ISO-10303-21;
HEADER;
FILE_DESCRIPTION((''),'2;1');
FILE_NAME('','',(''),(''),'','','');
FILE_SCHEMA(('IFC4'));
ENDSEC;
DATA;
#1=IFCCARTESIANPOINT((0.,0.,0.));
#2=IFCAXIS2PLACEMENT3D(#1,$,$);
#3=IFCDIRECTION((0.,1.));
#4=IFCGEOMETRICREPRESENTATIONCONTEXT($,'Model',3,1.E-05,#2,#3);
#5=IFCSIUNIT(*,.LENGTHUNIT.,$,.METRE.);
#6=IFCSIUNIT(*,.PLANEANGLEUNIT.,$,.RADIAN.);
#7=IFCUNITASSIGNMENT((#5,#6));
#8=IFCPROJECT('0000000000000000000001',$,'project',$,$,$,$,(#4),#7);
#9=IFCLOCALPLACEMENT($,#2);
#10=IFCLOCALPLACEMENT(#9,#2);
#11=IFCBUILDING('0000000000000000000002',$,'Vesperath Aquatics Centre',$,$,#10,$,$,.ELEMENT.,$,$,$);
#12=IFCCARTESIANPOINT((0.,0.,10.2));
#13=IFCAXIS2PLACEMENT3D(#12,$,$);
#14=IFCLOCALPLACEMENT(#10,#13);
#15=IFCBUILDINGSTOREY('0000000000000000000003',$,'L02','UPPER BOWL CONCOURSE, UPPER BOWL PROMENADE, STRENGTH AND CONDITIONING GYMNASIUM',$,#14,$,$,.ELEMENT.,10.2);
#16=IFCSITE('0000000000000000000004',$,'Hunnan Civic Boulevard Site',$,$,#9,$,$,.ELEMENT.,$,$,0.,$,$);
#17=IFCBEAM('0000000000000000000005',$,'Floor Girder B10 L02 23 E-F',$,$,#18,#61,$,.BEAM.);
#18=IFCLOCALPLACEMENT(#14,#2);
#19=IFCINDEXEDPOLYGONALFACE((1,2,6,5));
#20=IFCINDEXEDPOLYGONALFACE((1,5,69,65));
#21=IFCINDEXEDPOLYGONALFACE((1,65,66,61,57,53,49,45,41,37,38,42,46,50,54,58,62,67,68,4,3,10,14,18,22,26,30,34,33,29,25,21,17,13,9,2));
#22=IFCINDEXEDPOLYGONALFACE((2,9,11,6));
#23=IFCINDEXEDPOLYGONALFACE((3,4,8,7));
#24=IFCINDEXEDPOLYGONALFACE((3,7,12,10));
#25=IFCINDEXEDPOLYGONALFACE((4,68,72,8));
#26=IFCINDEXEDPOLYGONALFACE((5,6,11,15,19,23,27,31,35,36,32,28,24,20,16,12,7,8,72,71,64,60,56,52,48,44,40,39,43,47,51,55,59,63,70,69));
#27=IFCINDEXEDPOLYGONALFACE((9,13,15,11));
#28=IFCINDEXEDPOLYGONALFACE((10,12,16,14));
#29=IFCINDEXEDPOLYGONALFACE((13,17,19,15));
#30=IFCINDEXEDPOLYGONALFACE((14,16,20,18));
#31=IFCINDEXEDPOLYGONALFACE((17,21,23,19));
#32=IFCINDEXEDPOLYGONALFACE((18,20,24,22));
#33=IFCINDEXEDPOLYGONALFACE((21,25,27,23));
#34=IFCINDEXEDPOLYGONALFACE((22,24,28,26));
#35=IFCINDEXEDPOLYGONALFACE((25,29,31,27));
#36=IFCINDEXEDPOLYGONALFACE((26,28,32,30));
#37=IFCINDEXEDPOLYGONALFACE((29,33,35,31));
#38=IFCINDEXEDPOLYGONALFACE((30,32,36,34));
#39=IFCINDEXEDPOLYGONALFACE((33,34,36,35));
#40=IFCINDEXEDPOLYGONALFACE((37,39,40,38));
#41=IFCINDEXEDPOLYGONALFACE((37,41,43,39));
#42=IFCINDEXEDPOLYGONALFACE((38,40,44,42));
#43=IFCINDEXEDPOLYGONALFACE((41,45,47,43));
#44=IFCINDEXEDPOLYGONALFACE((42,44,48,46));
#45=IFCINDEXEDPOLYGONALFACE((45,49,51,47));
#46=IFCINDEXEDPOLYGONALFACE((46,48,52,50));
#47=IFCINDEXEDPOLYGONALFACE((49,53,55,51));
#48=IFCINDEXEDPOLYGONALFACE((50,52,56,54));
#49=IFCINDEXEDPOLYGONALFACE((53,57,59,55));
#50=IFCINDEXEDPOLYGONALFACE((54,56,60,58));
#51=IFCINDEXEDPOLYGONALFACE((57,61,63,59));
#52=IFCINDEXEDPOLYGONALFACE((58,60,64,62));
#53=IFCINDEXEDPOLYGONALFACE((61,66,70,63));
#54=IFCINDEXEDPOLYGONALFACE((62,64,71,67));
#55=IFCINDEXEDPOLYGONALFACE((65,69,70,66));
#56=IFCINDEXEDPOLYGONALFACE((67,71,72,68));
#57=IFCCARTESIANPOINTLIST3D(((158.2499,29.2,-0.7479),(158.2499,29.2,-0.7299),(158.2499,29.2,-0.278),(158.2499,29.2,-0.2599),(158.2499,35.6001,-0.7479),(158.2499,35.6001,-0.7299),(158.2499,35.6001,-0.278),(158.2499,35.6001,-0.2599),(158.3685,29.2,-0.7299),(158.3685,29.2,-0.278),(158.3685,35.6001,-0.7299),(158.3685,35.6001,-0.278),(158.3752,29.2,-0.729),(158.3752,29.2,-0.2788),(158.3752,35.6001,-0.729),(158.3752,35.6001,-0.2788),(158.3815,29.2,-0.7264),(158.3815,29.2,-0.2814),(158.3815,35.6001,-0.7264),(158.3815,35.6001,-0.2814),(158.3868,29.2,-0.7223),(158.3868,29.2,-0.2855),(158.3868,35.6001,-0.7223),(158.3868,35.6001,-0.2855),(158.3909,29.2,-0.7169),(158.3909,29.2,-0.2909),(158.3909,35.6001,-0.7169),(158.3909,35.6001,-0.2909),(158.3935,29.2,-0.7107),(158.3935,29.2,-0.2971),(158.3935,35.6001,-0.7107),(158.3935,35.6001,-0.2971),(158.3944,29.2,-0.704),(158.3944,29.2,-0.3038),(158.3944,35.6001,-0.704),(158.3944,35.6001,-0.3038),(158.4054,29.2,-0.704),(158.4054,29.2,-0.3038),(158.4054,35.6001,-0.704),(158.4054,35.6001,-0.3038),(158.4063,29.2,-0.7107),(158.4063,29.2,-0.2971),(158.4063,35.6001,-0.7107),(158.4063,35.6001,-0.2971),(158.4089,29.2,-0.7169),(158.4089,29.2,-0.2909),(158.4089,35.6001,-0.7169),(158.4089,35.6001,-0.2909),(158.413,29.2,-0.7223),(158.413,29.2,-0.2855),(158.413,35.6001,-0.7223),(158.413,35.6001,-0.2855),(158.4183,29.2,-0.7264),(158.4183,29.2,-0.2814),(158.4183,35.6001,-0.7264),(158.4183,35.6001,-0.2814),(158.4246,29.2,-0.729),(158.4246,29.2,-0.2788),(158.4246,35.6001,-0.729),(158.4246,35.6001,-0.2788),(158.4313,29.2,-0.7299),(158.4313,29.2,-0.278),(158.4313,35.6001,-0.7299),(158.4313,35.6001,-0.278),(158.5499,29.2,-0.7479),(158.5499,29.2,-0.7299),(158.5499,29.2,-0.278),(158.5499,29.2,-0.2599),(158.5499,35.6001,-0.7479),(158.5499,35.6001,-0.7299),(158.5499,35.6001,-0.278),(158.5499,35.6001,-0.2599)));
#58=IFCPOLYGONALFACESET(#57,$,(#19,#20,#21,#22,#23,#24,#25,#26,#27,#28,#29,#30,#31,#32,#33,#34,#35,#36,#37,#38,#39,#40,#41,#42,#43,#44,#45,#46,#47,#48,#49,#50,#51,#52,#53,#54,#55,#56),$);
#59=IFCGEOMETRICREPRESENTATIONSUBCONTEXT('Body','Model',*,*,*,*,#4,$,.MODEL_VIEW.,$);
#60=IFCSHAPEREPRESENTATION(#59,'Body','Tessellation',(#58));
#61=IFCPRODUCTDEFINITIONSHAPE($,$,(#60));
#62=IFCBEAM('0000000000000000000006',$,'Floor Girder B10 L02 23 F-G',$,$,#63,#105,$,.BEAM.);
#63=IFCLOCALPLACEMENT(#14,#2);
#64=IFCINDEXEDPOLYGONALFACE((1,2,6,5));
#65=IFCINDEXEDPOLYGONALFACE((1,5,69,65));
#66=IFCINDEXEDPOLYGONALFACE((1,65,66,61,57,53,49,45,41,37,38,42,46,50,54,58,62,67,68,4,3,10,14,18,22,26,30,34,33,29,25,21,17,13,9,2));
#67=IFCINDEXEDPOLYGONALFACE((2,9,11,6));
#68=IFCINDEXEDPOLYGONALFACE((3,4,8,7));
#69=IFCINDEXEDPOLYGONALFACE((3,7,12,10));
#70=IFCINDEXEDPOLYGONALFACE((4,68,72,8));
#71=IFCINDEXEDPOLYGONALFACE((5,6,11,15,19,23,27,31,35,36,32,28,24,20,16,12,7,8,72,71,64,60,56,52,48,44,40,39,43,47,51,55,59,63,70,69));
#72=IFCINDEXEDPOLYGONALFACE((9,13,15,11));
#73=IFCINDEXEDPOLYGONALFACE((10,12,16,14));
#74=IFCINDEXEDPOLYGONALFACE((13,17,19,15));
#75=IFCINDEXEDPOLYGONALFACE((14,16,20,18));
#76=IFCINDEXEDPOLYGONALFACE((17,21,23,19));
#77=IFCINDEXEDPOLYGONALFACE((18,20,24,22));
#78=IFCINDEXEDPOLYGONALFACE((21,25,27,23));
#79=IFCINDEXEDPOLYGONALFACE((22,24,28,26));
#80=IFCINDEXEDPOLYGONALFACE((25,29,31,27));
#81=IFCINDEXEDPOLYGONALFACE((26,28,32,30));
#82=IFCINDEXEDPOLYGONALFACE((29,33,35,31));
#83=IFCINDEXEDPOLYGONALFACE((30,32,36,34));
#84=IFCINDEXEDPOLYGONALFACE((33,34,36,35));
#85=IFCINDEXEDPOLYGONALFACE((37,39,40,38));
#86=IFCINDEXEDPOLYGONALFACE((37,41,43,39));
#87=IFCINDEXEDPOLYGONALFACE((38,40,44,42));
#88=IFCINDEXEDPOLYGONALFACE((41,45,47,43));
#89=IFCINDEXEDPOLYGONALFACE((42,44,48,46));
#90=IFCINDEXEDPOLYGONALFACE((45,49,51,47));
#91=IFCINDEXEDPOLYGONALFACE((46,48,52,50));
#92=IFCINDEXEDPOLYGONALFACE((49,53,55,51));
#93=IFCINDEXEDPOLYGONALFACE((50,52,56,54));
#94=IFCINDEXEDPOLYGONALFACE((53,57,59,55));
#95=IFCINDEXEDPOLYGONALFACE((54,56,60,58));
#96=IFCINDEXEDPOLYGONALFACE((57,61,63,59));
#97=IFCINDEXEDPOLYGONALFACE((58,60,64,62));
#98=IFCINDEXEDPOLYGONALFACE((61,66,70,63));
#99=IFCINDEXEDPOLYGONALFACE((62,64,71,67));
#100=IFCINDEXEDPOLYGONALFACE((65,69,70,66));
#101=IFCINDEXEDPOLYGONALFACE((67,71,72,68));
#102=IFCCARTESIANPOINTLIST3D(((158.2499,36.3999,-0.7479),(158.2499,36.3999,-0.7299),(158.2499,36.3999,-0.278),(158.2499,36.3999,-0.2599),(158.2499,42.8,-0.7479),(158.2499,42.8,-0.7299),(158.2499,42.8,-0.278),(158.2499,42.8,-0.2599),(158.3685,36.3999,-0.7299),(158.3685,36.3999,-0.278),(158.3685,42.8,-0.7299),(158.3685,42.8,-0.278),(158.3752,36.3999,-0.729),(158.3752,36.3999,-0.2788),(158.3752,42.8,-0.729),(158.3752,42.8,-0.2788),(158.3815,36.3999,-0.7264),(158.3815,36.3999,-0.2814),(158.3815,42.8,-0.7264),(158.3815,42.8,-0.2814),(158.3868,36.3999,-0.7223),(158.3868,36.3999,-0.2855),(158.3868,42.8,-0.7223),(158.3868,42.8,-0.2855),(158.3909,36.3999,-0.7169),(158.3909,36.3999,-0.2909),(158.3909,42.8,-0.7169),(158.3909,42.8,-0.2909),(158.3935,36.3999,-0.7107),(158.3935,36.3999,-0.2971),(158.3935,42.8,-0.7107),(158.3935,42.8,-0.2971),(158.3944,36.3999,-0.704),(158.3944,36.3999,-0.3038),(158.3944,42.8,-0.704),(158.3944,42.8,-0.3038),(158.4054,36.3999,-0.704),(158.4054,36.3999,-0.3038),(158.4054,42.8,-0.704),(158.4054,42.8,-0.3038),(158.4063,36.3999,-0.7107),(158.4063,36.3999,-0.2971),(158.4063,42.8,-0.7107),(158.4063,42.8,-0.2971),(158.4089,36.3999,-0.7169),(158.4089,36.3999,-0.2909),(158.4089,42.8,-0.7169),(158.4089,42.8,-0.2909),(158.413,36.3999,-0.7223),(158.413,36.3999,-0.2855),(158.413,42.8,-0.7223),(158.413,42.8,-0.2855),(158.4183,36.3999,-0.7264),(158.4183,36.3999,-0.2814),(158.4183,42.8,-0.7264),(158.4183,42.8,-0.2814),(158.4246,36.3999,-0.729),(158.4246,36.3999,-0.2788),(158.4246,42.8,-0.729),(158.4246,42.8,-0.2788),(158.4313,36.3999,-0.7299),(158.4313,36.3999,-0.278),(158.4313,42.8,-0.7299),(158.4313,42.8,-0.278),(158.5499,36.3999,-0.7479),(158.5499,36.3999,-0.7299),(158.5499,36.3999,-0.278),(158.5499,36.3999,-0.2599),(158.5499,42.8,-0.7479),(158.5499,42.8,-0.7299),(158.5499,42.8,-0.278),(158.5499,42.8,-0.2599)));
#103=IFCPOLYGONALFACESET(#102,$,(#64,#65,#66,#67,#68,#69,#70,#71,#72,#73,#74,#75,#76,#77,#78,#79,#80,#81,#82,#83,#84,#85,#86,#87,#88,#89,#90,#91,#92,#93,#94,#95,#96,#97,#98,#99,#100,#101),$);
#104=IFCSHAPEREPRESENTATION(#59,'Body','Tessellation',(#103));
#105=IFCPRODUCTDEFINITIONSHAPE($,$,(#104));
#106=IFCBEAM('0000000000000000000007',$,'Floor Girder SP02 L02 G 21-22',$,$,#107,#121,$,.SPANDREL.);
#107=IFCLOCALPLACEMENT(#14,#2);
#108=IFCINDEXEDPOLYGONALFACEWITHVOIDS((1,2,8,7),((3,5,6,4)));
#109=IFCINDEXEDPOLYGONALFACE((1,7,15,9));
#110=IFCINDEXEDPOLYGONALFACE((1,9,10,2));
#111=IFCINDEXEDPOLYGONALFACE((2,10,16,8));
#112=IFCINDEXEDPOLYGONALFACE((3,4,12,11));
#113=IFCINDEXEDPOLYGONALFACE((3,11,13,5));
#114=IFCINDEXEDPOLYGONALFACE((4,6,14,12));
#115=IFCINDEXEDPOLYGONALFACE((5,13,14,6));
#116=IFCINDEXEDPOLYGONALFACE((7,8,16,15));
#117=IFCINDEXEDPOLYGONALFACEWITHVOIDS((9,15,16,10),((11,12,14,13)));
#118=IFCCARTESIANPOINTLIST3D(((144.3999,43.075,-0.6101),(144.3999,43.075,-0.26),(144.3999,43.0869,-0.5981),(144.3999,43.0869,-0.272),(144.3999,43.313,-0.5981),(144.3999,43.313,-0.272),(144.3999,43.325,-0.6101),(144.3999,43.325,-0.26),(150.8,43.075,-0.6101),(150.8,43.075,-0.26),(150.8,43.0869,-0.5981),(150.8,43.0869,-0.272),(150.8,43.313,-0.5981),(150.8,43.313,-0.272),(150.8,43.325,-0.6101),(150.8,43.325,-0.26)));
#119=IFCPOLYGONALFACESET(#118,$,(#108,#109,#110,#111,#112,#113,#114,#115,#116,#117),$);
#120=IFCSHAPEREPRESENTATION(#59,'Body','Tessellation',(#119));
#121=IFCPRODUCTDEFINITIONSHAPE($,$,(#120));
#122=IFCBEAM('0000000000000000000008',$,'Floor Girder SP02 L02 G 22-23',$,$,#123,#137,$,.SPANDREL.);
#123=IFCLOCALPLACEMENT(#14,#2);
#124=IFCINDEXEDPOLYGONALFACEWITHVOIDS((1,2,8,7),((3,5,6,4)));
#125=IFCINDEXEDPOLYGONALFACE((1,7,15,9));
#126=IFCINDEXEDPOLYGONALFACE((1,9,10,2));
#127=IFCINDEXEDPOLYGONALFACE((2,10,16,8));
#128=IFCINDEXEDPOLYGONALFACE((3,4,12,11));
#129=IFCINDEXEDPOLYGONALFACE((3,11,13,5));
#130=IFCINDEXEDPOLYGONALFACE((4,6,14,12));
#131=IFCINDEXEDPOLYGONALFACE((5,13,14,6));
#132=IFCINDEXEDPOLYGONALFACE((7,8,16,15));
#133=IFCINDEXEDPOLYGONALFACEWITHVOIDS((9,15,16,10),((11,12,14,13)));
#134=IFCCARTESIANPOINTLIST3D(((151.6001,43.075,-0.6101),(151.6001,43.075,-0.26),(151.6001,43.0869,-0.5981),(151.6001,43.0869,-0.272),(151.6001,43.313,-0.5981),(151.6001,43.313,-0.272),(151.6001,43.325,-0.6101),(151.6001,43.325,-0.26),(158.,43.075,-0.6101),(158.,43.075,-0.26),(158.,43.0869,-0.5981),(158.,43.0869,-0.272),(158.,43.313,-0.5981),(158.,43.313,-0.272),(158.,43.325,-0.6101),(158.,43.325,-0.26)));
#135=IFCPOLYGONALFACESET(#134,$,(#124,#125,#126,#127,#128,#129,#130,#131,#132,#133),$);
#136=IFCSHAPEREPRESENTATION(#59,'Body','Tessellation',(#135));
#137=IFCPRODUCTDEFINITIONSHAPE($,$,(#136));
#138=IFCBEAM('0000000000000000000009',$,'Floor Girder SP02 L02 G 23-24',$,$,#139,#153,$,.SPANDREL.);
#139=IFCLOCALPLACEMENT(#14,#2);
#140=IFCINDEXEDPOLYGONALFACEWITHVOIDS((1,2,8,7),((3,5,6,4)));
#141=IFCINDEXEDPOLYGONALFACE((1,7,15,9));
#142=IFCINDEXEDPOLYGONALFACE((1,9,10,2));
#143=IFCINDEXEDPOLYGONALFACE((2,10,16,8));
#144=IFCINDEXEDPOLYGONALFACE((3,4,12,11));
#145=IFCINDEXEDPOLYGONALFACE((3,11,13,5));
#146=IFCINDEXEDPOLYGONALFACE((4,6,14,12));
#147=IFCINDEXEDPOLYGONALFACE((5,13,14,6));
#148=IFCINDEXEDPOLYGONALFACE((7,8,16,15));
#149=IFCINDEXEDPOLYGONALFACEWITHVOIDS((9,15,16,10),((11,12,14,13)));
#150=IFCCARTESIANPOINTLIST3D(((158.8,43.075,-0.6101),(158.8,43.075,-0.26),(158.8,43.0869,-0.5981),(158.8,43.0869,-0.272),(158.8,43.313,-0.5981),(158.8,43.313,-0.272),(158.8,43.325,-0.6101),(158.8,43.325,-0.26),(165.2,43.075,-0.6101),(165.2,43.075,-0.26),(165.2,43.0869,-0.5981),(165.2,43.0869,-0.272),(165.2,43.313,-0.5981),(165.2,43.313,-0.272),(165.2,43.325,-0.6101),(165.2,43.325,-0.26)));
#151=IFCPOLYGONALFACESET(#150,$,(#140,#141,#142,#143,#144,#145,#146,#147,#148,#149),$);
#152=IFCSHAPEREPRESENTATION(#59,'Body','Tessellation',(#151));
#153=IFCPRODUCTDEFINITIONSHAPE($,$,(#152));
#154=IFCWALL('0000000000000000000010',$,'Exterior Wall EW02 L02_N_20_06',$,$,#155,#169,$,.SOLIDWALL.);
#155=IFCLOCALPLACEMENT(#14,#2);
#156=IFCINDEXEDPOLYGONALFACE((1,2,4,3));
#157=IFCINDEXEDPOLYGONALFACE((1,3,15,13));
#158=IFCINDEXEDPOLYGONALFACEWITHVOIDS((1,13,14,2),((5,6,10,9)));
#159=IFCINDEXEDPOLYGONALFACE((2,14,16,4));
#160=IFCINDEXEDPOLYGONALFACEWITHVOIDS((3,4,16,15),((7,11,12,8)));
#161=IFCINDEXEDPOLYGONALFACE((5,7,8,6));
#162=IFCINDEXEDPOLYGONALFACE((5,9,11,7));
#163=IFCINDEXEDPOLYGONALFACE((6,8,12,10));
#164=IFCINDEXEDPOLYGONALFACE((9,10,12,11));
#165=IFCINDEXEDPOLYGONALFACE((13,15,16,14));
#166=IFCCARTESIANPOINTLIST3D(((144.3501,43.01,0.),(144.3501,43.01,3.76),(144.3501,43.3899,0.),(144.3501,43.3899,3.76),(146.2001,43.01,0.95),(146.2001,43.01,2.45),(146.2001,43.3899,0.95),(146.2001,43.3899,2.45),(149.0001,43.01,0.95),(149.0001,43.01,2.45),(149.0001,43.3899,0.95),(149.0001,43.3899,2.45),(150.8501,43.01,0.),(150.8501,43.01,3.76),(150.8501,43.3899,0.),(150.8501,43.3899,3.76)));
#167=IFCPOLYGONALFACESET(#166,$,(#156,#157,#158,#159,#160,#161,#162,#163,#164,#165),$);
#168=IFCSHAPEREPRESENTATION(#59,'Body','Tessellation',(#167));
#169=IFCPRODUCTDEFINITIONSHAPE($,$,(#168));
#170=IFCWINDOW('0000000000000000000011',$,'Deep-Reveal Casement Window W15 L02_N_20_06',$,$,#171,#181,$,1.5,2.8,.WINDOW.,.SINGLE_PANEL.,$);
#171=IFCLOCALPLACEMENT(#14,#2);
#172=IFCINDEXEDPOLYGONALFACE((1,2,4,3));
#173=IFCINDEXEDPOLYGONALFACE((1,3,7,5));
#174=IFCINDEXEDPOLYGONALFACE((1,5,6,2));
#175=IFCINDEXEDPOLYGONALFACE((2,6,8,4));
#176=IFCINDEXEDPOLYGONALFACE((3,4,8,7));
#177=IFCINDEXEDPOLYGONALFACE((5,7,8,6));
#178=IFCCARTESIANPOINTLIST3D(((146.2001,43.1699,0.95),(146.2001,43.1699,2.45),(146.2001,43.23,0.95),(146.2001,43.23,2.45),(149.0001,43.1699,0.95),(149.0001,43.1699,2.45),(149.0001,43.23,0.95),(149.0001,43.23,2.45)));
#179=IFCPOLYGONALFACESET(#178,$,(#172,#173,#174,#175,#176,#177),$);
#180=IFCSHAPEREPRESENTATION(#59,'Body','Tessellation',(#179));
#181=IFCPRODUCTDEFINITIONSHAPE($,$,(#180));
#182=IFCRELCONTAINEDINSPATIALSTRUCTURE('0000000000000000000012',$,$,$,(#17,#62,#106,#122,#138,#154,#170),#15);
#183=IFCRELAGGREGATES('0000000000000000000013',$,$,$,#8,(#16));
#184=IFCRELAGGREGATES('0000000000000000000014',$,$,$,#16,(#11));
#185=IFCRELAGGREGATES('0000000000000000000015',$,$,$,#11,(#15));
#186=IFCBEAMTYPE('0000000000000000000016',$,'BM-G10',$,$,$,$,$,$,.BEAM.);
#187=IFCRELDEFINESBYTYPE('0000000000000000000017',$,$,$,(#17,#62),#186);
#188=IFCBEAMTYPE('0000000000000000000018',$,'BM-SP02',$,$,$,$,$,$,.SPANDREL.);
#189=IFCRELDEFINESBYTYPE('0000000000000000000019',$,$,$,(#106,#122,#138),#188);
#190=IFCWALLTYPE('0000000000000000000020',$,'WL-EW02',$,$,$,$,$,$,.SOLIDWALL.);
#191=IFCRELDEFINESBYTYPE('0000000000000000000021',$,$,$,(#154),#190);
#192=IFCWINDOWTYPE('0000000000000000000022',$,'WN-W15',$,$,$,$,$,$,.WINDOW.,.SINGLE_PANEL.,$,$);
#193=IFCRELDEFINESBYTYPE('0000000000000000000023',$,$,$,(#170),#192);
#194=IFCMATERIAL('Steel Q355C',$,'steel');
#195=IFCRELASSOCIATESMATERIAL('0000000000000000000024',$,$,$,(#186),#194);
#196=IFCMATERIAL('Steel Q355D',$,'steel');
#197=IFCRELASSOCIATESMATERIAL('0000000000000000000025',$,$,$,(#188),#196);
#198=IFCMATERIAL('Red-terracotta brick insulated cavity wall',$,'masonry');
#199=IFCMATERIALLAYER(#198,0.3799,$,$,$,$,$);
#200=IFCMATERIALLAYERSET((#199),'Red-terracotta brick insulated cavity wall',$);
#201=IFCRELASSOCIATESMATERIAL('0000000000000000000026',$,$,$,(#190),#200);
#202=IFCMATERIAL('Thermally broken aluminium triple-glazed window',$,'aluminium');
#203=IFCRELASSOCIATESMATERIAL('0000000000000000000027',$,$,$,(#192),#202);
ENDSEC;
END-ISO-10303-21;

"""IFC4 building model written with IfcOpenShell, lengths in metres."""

from ifc_helpers import new_model, si_unit, direction, frame, frame_2d, origin, origin_2d, place, context, subcontext, project, spatial, rectangle, hollow_rectangle, i_section, extrude, material, layer, layer_set, material_profile, profile_set, type_object, element, fill, save


model = new_model("IFC4")

# Units and contexts
model_context = context("Model", 3, precision=1e-05, world=origin(), true_north=direction((0.0, 1.0)))
body_context = subcontext(model_context, "Body", "Model", "MODEL_VIEW")
ifc_project = project(units=[si_unit("LENGTHUNIT", "METRE"), si_unit("PLANEANGLEUNIT", "RADIAN")], contexts=[model_context])

# Site, building, storey
site_placement = place(None, origin())
site = spatial("IfcSite", under=ifc_project, at=site_placement, Name="Hunnan Civic Boulevard Site", CompositionType="ELEMENT", RefElevation=0.0)
building_placement = place(site_placement, origin())
building = spatial("IfcBuilding", under=site, at=building_placement, Name="Vesperath Aquatics Centre", CompositionType="ELEMENT")
storey_placement = place(building_placement, frame((0.0, 0.0, 10.2)))
storey = spatial("IfcBuildingStorey", under=building, at=storey_placement, Name="L02", Description="UPPER BOWL CONCOURSE, UPPER BOWL PROMENADE, STRENGTH AND CONDITIONING GYMNASIUM", CompositionType="ELEMENT", Elevation=10.2)

# Shared definitions
ifc_material_1 = material(Name="Steel Q355D", Category="steel")

# Beams
ifc_material_2 = material(Name="Steel Q355C", Category="steel")
ifc_material_profile_1 = material_profile(ifc_material_2, i_section(OverallWidth=0.3, OverallDepth=0.488, WebThickness=0.011, FlangeThickness=0.0181, FilletRadius=0.0259, at=origin_2d()), Name="HM 488x300x11x18")
ifc_profile_set_1 = profile_set([ifc_material_profile_1], Name="Steel Q355C")
beam_type_1 = type_object("IfcBeamType", Name="BM-G10", PredefinedType="BEAM", material=ifc_profile_set_1)
for number, where, z_axis, x_axis, name in (
    (1, (158.3999, 29.2, -0.5039), (0.0, 1.0, 0.0), (-1.0, 0.0, 0.0), "Floor Girder B10 L02 23 E-F"),
    (2, (158.3999, 36.3999, -0.5039), (0.0, 1.0, 0.0), (-1.0, 0.0, 0.0), "Floor Girder B10 L02 23 F-G"),
):
    element("IfcBeam", number, at=place(storey_placement, frame(where, z_axis=z_axis, x_axis=x_axis)), inside=storey, type_object=beam_type_1, Name=name, PredefinedType="BEAM", context=body_context, shape_type="SweptSolid", body=[
        extrude(i_section(OverallWidth=0.3, OverallDepth=0.488, WebThickness=0.011, FlangeThickness=0.0181, FilletRadius=0.0259, at=origin_2d()), origin(), (0.0, 0.0, 1.0), 6.4001),
    ])
ifc_material_profile_2 = material_profile(ifc_material_1, hollow_rectangle(XDim=0.25, YDim=0.3501, WallThickness=0.012, at=origin_2d()), Name="RHS 350x250x12")
ifc_profile_set_2 = profile_set([ifc_material_profile_2], Name="Steel Q355D")
beam_type_2 = type_object("IfcBeamType", Name="BM-SP02", PredefinedType="SPANDREL", material=ifc_profile_set_2)
beam_1_placement = place(storey_placement, frame((144.3999, 43.2, -0.4351), z_axis=(1.0, 0.0, 0.0), x_axis=(0.0, 1.0, 0.0)))
element("IfcBeam", 3, at=beam_1_placement, inside=storey, type_object=beam_type_2, Name="Floor Girder SP02 L02 G 21-22", PredefinedType="SPANDREL", context=body_context, shape_type="SweptSolid", body=[
    extrude(hollow_rectangle(XDim=0.25, YDim=0.3501, WallThickness=0.012, at=origin_2d()), origin(), (0.0, 0.0, 1.0), 6.4001),
])
for number, where, z_axis, x_axis, name in (
    (4, (151.6001, 43.2, -0.4351), (1.0, 0.0, 0.0), (0.0, 1.0, 0.0), "Floor Girder SP02 L02 G 22-23"),
    (5, (158.8, 43.2, -0.4351), (1.0, 0.0, 0.0), (0.0, 1.0, 0.0), "Floor Girder SP02 L02 G 23-24"),
):
    element("IfcBeam", number, at=place(storey_placement, frame(where, z_axis=z_axis, x_axis=x_axis)), inside=storey, type_object=beam_type_2, Name=name, PredefinedType="SPANDREL", context=body_context, shape_type="SweptSolid", body=[
        extrude(hollow_rectangle(XDim=0.25, YDim=0.3501, WallThickness=0.012, at=origin_2d()), origin(), (0.0, 0.0, 1.0), 6.3999),
    ])

# Wall, opening, window
ifc_material_3 = material(Name="Red-terracotta brick insulated cavity wall", Category="masonry")
ifc_layer_1 = layer(ifc_material_3, 0.3799)
ifc_layer_set_1 = layer_set([ifc_layer_1], Name="Red-terracotta brick insulated cavity wall")
wall_type_1 = type_object("IfcWallType", Name="WL-EW02", PredefinedType="SOLIDWALL", material=ifc_layer_set_1)
wall_1_placement = place(storey_placement, frame((144.3501, 43.2, 0.0), z_axis=(0.0, 0.0, 1.0), x_axis=(1.0, 0.0, 0.0)))
wall_1 = element("IfcWall", 6, at=wall_1_placement, inside=storey, type_object=wall_type_1, Name="Exterior Wall EW02 L02_N_20_06", PredefinedType="SOLIDWALL", context=body_context, shape_type="SweptSolid", body=[
    extrude(rectangle(XDim=6.5, YDim=0.3799, at=frame_2d((3.25, 0.0))), origin(), (0.0, 0.0, 1.0), 3.76),
])
opening_1_placement = place(wall_1_placement, frame((1.8501, 0.0, 0.95)))
opening_1 = element("IfcOpeningElement", 7, at=opening_1_placement, cuts=wall_1, PredefinedType="OPENING", context=body_context, shape_type="SweptSolid", body=[
    extrude(rectangle(XDim=2.8, YDim=1.5, at=frame_2d((1.3999, 0.75))), frame((0.0, 0.2048, 0.0), z_axis=(0.0, -1.0, 0.0), x_axis=(1.0, 0.0, 0.0)), (0.0, 0.0, 1.0), 0.4097),
])
ifc_material_4 = material(Name="Thermally broken aluminium triple-glazed window", Category="aluminium")
window_type_1 = type_object("IfcWindowType", Name="WN-W15", PartitioningType="SINGLE_PANEL", PredefinedType="WINDOW", material=ifc_material_4)
window_1_placement = place(opening_1_placement, origin())
window_1 = element("IfcWindow", 8, at=window_1_placement, inside=storey, type_object=window_type_1, Name="Deep-Reveal Casement Window W15 L02_N_20_06", OverallHeight=1.5, OverallWidth=2.8, PartitioningType="SINGLE_PANEL", PredefinedType="WINDOW", context=body_context, shape_type="SweptSolid", body=[
    extrude(rectangle(XDim=2.8, YDim=1.5, at=frame_2d((1.3999, 0.75))), frame((0.0, 0.03, 0.0), z_axis=(0.0, -1.0, 0.0), x_axis=(1.0, 0.0, 0.0)), (0.0, 0.0, 1.0), 0.0601),
])
fill(opening_1, window_1)

save(model, "model.ifc")
